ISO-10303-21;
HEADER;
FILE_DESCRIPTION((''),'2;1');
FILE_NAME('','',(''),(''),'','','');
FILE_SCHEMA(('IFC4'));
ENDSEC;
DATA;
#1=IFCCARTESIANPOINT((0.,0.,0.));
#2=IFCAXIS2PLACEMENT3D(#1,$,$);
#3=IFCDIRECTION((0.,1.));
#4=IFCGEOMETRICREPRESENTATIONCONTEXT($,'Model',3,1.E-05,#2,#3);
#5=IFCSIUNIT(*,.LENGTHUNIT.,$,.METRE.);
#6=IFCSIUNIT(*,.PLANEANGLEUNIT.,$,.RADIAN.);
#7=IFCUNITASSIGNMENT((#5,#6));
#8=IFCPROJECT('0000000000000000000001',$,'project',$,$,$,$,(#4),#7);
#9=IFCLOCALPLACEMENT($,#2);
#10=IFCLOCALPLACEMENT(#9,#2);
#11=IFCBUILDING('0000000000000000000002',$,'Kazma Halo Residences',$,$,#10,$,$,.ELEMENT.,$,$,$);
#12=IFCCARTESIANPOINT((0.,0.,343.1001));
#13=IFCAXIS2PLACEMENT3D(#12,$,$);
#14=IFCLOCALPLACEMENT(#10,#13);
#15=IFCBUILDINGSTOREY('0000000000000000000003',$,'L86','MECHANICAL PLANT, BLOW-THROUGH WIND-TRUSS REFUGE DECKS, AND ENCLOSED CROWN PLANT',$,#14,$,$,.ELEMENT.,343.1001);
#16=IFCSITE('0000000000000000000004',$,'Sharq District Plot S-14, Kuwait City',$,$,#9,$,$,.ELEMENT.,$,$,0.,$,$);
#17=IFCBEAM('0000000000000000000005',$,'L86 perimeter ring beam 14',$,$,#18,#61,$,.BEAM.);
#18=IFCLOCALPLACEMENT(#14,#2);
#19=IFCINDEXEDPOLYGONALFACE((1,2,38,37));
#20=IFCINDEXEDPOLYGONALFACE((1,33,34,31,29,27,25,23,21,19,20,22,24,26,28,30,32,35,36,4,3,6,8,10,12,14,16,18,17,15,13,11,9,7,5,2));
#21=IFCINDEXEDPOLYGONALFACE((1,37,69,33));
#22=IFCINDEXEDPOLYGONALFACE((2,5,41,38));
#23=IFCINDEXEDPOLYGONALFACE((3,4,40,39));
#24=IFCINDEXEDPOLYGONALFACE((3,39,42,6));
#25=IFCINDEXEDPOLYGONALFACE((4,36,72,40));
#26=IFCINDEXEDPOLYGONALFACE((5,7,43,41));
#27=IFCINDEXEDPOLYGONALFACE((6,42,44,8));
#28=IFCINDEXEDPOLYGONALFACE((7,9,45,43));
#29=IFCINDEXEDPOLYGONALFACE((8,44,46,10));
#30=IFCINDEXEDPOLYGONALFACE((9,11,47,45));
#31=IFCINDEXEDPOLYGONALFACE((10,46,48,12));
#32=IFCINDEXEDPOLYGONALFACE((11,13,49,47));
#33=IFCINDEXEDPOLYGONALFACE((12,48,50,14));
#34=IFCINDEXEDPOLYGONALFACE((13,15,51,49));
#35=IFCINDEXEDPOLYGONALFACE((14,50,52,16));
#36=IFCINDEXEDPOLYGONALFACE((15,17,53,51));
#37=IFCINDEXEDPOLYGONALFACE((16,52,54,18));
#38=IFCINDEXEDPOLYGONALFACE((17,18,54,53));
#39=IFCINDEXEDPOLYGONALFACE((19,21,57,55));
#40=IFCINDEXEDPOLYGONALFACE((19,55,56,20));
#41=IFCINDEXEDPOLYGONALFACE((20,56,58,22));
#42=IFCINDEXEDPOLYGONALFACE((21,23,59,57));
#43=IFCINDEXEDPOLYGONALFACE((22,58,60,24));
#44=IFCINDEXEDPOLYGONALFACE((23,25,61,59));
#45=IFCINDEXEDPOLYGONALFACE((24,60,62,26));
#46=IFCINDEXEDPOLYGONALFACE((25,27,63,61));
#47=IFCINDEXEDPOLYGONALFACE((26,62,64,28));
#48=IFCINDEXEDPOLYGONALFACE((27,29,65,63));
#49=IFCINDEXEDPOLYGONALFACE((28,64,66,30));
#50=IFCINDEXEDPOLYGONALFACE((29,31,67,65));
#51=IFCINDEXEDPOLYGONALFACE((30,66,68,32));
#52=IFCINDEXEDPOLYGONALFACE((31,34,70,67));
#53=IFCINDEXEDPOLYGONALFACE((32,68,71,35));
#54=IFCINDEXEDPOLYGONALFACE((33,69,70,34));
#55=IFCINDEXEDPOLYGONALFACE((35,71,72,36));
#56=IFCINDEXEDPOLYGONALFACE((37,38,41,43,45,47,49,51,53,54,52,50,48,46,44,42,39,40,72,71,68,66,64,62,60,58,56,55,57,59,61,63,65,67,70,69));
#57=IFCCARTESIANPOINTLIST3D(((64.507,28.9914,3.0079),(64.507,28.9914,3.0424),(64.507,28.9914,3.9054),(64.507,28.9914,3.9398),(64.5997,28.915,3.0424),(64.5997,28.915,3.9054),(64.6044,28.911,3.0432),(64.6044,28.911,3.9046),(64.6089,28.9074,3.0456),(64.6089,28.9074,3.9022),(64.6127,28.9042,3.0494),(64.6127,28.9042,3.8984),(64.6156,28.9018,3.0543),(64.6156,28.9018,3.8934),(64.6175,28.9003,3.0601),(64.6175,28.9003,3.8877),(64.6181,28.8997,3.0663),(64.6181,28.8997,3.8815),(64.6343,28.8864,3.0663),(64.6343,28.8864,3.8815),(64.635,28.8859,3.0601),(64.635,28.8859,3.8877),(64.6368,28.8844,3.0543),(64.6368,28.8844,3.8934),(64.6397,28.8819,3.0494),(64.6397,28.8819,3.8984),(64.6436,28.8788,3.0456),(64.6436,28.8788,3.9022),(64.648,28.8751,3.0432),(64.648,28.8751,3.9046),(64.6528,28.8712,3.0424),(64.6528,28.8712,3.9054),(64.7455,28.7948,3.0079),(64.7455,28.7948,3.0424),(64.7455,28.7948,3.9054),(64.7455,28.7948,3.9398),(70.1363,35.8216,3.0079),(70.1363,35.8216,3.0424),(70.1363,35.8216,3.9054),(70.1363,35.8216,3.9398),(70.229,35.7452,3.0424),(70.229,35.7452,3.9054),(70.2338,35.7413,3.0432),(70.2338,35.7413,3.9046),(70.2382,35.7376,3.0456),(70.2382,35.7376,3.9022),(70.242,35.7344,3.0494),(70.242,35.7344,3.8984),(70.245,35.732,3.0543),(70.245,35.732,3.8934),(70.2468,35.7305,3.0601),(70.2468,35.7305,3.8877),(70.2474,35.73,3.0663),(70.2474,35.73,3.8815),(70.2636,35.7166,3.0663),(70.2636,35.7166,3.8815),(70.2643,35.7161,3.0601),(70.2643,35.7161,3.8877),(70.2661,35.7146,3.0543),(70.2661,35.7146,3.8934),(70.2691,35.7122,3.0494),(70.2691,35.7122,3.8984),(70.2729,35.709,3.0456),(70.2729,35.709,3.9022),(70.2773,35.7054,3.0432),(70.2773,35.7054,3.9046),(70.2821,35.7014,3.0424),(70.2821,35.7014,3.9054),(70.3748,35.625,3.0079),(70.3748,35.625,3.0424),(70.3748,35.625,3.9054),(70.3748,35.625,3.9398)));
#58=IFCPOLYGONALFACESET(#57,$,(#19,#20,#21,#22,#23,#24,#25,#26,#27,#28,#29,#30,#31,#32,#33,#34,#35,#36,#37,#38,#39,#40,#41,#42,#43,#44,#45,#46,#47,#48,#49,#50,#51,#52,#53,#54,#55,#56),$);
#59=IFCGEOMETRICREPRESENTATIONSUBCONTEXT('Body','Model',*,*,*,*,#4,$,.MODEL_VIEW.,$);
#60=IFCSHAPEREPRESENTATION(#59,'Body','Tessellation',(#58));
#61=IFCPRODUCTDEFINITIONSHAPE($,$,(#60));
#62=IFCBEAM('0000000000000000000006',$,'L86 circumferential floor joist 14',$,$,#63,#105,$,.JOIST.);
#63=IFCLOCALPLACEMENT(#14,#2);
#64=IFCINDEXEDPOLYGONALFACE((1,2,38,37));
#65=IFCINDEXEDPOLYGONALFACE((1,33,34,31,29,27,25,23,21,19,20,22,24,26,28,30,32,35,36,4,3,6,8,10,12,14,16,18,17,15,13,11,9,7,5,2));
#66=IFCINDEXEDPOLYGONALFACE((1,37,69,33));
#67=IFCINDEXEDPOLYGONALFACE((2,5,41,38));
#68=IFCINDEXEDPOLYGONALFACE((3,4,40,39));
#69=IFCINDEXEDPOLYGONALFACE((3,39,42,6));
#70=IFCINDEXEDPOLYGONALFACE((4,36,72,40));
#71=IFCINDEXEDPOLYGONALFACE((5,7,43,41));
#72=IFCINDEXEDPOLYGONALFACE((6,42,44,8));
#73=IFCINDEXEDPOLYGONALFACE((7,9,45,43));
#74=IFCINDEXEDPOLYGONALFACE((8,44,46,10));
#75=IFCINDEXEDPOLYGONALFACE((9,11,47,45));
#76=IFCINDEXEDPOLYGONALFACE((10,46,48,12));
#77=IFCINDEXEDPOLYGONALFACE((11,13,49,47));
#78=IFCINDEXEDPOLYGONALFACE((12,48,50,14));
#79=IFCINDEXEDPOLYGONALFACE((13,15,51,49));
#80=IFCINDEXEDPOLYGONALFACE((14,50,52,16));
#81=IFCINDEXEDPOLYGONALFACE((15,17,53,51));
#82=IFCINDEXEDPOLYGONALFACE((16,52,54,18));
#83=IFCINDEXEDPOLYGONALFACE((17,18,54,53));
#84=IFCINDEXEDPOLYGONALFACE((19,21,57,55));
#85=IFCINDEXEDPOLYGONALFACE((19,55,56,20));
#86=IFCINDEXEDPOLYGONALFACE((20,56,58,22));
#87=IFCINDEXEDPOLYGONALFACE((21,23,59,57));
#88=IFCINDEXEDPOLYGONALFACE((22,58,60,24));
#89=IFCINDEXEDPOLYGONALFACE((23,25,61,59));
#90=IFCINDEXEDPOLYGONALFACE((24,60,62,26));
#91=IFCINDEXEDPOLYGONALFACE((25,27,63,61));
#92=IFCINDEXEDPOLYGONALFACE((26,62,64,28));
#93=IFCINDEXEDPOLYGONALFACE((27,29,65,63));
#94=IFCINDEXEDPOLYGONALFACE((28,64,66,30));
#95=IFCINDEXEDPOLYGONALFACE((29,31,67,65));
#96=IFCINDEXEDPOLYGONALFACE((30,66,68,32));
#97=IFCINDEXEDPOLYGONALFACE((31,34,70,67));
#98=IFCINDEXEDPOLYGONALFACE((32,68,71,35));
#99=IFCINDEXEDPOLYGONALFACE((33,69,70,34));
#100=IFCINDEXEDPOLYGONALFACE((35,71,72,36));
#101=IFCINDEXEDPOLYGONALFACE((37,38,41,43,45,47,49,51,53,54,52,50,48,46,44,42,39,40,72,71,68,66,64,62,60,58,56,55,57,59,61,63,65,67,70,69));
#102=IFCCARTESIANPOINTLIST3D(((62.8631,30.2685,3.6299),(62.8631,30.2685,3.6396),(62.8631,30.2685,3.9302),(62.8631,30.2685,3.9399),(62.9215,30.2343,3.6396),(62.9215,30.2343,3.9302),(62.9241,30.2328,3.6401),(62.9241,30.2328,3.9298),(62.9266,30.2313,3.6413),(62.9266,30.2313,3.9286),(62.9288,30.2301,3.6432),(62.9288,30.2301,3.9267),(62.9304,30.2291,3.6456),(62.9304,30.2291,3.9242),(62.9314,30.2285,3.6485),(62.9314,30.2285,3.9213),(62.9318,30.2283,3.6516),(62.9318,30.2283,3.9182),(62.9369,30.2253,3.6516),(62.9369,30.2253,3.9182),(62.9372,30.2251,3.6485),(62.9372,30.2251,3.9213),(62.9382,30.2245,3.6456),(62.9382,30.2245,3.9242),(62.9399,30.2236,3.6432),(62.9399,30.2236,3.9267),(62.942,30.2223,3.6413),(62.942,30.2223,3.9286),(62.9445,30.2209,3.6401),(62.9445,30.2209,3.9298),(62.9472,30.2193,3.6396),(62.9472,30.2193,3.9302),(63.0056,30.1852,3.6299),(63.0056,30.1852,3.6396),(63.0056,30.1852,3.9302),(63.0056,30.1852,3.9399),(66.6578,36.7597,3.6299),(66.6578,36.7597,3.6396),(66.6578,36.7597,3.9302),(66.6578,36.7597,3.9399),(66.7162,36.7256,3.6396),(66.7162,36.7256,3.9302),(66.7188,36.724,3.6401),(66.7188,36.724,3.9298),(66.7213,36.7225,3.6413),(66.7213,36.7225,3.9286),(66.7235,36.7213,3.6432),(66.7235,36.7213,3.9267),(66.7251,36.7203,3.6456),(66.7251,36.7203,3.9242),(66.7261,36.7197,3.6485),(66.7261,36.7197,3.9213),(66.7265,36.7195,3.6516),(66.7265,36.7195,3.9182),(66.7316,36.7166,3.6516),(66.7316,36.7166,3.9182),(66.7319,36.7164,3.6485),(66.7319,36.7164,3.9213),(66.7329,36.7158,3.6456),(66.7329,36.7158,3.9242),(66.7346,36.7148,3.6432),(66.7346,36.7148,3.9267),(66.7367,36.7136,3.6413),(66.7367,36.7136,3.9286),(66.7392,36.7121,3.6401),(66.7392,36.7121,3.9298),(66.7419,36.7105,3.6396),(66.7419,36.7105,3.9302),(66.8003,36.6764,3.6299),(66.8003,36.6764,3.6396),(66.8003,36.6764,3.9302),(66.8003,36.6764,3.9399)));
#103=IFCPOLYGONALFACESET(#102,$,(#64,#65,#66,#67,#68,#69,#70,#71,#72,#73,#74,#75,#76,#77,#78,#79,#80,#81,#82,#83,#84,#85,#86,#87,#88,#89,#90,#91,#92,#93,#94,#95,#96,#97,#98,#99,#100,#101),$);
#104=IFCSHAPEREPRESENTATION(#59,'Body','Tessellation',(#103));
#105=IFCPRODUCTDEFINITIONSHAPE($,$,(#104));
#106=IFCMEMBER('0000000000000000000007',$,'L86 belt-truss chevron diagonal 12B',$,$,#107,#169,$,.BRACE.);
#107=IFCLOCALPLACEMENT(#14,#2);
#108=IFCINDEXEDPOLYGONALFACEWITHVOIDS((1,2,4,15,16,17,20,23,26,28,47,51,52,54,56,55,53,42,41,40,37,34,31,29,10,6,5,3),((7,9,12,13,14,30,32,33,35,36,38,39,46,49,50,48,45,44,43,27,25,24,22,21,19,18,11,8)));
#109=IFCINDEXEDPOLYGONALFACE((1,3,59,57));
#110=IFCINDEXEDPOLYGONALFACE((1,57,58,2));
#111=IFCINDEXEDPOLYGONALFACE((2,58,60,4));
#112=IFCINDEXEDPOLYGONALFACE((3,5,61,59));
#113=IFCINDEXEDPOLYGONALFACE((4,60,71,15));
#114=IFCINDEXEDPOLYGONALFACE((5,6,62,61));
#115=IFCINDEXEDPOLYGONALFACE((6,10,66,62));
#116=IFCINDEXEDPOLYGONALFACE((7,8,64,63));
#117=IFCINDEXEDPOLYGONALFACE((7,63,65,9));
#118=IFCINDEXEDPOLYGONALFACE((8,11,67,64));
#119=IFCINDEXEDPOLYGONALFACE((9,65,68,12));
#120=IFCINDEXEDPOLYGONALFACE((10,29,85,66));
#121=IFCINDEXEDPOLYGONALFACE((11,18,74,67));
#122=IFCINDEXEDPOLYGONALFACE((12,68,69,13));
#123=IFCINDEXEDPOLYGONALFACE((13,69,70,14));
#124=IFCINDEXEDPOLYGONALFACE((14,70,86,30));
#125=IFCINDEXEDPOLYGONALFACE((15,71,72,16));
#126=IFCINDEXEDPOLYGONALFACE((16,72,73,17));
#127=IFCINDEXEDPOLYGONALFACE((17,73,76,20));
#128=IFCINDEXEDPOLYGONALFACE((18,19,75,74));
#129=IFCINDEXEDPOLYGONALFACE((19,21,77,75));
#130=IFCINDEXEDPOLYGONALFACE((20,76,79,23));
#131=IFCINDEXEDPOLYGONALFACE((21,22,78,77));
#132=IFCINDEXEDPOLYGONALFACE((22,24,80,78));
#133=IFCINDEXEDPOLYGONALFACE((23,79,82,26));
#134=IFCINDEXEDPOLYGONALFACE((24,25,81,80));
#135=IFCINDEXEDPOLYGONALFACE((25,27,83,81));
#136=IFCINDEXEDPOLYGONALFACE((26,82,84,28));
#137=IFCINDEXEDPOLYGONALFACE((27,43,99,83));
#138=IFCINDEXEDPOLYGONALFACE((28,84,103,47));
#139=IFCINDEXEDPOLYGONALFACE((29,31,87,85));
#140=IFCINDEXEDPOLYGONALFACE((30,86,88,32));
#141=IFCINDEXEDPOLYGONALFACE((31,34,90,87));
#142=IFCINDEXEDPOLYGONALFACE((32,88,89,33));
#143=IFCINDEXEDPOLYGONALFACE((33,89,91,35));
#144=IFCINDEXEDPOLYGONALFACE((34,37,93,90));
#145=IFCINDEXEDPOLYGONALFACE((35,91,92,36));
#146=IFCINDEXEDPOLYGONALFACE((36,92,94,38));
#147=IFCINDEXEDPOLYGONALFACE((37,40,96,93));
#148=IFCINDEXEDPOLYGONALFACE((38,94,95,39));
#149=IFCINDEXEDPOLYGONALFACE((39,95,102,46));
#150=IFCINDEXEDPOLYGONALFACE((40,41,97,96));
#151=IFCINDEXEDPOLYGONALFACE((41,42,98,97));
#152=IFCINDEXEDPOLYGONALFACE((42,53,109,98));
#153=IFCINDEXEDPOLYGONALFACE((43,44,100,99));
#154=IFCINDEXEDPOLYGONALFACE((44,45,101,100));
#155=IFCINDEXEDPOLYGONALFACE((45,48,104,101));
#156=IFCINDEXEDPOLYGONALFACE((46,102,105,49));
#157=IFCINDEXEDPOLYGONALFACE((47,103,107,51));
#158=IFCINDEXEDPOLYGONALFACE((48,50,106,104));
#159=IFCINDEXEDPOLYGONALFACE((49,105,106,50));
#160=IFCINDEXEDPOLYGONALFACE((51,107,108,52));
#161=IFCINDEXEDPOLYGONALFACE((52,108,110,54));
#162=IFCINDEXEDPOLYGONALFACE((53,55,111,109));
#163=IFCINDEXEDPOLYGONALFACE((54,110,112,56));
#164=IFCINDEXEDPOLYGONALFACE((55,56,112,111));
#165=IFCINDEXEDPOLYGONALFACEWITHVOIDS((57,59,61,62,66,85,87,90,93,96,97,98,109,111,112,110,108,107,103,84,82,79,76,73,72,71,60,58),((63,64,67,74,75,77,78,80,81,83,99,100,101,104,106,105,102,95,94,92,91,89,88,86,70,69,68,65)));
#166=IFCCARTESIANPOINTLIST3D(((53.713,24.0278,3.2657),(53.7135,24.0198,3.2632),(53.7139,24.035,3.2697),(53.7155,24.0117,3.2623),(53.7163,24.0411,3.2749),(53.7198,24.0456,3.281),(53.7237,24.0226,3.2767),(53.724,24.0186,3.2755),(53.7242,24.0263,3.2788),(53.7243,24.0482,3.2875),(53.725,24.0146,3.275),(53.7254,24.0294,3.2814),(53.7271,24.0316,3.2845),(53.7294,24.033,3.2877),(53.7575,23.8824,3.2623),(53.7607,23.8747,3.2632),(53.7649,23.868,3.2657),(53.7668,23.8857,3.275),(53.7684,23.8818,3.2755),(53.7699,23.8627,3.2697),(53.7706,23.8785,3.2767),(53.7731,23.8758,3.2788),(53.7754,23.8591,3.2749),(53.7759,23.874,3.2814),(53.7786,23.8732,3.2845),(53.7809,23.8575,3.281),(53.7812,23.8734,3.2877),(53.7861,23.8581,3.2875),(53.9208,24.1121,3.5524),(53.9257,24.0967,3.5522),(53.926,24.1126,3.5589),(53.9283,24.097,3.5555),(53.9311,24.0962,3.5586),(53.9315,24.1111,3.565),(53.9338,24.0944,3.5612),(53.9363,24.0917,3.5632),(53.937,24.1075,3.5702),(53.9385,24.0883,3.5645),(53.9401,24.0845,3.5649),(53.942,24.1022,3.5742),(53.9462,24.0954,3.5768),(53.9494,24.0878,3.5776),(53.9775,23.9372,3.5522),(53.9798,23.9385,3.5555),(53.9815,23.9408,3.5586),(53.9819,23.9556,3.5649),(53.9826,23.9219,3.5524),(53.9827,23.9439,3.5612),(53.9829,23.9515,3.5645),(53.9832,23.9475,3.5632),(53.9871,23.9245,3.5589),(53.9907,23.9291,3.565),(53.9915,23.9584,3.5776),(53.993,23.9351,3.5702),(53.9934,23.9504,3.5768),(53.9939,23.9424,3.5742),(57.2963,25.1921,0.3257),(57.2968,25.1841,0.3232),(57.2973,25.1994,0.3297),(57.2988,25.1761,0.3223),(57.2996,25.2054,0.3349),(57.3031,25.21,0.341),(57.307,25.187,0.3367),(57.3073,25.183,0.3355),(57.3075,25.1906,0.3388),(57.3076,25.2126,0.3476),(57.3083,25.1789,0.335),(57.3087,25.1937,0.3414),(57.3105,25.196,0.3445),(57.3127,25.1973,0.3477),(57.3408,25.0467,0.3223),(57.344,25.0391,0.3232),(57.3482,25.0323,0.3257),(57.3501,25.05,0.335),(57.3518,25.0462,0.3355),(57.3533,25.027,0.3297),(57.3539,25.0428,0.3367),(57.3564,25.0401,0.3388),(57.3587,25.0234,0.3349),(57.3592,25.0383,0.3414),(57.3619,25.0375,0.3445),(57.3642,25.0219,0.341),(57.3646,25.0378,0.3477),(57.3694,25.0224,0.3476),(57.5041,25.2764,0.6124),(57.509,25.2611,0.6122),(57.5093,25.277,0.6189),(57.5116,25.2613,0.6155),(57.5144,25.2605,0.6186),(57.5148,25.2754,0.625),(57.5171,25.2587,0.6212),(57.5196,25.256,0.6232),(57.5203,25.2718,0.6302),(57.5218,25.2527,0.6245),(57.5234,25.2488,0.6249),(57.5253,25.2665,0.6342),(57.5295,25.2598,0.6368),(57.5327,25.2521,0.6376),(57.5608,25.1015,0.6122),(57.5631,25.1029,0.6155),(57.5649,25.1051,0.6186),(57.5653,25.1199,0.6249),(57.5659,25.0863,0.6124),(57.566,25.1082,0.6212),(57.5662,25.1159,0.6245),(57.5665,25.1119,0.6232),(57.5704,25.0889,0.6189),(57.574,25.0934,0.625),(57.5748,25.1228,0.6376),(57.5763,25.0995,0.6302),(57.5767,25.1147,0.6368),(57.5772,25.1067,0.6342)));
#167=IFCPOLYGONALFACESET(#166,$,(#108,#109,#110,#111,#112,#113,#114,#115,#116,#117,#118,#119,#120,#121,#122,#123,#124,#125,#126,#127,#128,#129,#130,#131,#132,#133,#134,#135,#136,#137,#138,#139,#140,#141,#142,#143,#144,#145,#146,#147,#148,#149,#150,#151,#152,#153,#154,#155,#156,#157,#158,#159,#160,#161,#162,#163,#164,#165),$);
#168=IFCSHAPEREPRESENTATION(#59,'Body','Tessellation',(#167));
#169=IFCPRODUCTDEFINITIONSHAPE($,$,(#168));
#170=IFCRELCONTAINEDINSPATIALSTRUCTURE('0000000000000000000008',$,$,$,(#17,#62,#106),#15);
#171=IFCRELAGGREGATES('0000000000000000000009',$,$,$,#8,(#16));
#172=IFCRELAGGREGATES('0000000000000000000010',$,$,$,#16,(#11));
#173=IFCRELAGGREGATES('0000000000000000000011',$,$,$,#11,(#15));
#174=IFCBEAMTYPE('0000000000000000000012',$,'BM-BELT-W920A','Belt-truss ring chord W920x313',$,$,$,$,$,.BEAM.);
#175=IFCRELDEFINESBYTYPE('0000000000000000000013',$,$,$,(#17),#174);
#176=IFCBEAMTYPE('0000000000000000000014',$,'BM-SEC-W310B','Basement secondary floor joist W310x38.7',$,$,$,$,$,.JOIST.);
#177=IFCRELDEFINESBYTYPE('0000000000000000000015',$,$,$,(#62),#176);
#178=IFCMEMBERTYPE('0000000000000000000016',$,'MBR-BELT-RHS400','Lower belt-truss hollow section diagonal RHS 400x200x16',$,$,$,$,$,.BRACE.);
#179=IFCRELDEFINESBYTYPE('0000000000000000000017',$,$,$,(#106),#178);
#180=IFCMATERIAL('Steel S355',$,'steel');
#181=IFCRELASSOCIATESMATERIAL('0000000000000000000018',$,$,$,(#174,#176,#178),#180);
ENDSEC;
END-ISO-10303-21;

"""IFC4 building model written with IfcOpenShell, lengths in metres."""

from ifc_helpers import new_model, si_unit, direction, frame, origin, origin_2d, place, context, subcontext, project, spatial, hollow_rectangle, i_section, extrude, material, material_profile, profile_set, type_object, element, save


model = new_model("IFC4")

# Units and contexts
model_context = context("Model", 3, precision=1e-05, world=origin(), true_north=direction((0.0, 1.0)))
body_context = subcontext(model_context, "Body", "Model", "MODEL_VIEW")
ifc_project = project(units=[si_unit("LENGTHUNIT", "METRE"), si_unit("PLANEANGLEUNIT", "RADIAN")], contexts=[model_context])

# Site, building, storey
site_placement = place(None, origin())
site = spatial("IfcSite", under=ifc_project, at=site_placement, Name="Sharq District Plot S-14, Kuwait City", CompositionType="ELEMENT", RefElevation=0.0)
building_placement = place(site_placement, origin())
building = spatial("IfcBuilding", under=site, at=building_placement, Name="Kazma Halo Residences", CompositionType="ELEMENT")
storey_placement = place(building_placement, frame((0.0, 0.0, 343.1001)))
storey = spatial("IfcBuildingStorey", under=building, at=storey_placement, Name="L86", Description="MECHANICAL PLANT, BLOW-THROUGH WIND-TRUSS REFUGE DECKS, AND ENCLOSED CROWN PLANT", CompositionType="ELEMENT", Elevation=343.1001)

# Beams
ifc_material_1 = material(Name="Steel S355", Category="steel")
ifc_material_profile_1 = material_profile(ifc_material_1, i_section(OverallWidth=0.3091, OverallDepth=0.9319, WebThickness=0.021, FlangeThickness=0.0344, FilletRadius=0.0239, at=origin_2d()), Name="W920x313")
ifc_profile_set_1 = profile_set([ifc_material_profile_1], Name="Steel S355")
beam_type_1 = type_object("IfcBeamType", Name="BM-BELT-W920A", Description="Belt-truss ring chord W920x313", PredefinedType="BEAM", material=ifc_profile_set_1)
beam_1_placement = place(storey_placement, frame((64.6262, 28.8931, 3.4739), z_axis=(0.636005, 0.771685, 0.0), x_axis=(-0.771685, 0.636005, 0.0)))
element("IfcBeam", 1, at=beam_1_placement, inside=storey, type_object=beam_type_1, Name="L86 perimeter ring beam 14", PredefinedType="BEAM", context=body_context, shape_type="SweptSolid", body=[
    extrude(i_section(OverallWidth=0.3091, OverallDepth=0.9319, WebThickness=0.021, FlangeThickness=0.0344, FilletRadius=0.0239, at=origin_2d()), origin(), (0.0, 0.0, 1.0), 8.8511),
])
ifc_material_profile_2 = material_profile(ifc_material_1, i_section(OverallWidth=0.165, OverallDepth=0.3101, WebThickness=0.0059, FlangeThickness=0.0098, FilletRadius=0.012, at=origin_2d()), Name="W310x38.7")
ifc_profile_set_2 = profile_set([ifc_material_profile_2], Name="Steel S355")
beam_type_2 = type_object("IfcBeamType", Name="BM-SEC-W310B", Description="Basement secondary floor joist W310x38.7", PredefinedType="JOIST", material=ifc_profile_set_2)
beam_2_placement = place(storey_placement, frame((62.9343, 30.2268, 3.7849), z_axis=(0.504678, 0.863307, 0.0), x_axis=(-0.863307, 0.504678, 0.0)))
element("IfcBeam", 2, at=beam_2_placement, inside=storey, type_object=beam_type_2, Name="L86 circumferential floor joist 14", PredefinedType="JOIST", context=body_context, shape_type="SweptSolid", body=[
    extrude(i_section(OverallWidth=0.165, OverallDepth=0.3101, WebThickness=0.0059, FlangeThickness=0.0098, FilletRadius=0.012, at=origin_2d()), origin(), (0.0, 0.0, 1.0), 7.519),
])

# Member
ifc_material_profile_3 = material_profile(ifc_material_1, hollow_rectangle(XDim=0.2, YDim=0.3999, WallThickness=0.0161, InnerFilletRadius=0.0161, OuterFilletRadius=0.032, at=origin_2d()), Name="RHS400x200x16")
ifc_profile_set_3 = profile_set([ifc_material_profile_3], Name="Steel S355")
member_type_1 = type_object("IfcMemberType", Name="MBR-BELT-RHS400", Description="Lower belt-truss hollow section diagonal RHS 400x200x16", PredefinedType="BRACE", material=ifc_profile_set_3)
member_1_placement = place(storey_placement, frame((57.4368, 25.1494, 0.48), z_axis=(-0.749796, -0.243631, 0.615183), x_axis=(0.309026, -0.951054, 0.0)))
element("IfcMember", 3, at=member_1_placement, inside=storey, type_object=member_type_1, Name="L86 belt-truss chevron diagonal 12B", PredefinedType="BRACE", context=body_context, shape_type="SweptSolid", body=[
    extrude(hollow_rectangle(XDim=0.2, YDim=0.3999, WallThickness=0.0161, InnerFilletRadius=0.0161, OuterFilletRadius=0.032, at=origin_2d()), origin(), (0.0, 0.0, 1.0), 4.7791),
])

save(model, "model.ifc")
